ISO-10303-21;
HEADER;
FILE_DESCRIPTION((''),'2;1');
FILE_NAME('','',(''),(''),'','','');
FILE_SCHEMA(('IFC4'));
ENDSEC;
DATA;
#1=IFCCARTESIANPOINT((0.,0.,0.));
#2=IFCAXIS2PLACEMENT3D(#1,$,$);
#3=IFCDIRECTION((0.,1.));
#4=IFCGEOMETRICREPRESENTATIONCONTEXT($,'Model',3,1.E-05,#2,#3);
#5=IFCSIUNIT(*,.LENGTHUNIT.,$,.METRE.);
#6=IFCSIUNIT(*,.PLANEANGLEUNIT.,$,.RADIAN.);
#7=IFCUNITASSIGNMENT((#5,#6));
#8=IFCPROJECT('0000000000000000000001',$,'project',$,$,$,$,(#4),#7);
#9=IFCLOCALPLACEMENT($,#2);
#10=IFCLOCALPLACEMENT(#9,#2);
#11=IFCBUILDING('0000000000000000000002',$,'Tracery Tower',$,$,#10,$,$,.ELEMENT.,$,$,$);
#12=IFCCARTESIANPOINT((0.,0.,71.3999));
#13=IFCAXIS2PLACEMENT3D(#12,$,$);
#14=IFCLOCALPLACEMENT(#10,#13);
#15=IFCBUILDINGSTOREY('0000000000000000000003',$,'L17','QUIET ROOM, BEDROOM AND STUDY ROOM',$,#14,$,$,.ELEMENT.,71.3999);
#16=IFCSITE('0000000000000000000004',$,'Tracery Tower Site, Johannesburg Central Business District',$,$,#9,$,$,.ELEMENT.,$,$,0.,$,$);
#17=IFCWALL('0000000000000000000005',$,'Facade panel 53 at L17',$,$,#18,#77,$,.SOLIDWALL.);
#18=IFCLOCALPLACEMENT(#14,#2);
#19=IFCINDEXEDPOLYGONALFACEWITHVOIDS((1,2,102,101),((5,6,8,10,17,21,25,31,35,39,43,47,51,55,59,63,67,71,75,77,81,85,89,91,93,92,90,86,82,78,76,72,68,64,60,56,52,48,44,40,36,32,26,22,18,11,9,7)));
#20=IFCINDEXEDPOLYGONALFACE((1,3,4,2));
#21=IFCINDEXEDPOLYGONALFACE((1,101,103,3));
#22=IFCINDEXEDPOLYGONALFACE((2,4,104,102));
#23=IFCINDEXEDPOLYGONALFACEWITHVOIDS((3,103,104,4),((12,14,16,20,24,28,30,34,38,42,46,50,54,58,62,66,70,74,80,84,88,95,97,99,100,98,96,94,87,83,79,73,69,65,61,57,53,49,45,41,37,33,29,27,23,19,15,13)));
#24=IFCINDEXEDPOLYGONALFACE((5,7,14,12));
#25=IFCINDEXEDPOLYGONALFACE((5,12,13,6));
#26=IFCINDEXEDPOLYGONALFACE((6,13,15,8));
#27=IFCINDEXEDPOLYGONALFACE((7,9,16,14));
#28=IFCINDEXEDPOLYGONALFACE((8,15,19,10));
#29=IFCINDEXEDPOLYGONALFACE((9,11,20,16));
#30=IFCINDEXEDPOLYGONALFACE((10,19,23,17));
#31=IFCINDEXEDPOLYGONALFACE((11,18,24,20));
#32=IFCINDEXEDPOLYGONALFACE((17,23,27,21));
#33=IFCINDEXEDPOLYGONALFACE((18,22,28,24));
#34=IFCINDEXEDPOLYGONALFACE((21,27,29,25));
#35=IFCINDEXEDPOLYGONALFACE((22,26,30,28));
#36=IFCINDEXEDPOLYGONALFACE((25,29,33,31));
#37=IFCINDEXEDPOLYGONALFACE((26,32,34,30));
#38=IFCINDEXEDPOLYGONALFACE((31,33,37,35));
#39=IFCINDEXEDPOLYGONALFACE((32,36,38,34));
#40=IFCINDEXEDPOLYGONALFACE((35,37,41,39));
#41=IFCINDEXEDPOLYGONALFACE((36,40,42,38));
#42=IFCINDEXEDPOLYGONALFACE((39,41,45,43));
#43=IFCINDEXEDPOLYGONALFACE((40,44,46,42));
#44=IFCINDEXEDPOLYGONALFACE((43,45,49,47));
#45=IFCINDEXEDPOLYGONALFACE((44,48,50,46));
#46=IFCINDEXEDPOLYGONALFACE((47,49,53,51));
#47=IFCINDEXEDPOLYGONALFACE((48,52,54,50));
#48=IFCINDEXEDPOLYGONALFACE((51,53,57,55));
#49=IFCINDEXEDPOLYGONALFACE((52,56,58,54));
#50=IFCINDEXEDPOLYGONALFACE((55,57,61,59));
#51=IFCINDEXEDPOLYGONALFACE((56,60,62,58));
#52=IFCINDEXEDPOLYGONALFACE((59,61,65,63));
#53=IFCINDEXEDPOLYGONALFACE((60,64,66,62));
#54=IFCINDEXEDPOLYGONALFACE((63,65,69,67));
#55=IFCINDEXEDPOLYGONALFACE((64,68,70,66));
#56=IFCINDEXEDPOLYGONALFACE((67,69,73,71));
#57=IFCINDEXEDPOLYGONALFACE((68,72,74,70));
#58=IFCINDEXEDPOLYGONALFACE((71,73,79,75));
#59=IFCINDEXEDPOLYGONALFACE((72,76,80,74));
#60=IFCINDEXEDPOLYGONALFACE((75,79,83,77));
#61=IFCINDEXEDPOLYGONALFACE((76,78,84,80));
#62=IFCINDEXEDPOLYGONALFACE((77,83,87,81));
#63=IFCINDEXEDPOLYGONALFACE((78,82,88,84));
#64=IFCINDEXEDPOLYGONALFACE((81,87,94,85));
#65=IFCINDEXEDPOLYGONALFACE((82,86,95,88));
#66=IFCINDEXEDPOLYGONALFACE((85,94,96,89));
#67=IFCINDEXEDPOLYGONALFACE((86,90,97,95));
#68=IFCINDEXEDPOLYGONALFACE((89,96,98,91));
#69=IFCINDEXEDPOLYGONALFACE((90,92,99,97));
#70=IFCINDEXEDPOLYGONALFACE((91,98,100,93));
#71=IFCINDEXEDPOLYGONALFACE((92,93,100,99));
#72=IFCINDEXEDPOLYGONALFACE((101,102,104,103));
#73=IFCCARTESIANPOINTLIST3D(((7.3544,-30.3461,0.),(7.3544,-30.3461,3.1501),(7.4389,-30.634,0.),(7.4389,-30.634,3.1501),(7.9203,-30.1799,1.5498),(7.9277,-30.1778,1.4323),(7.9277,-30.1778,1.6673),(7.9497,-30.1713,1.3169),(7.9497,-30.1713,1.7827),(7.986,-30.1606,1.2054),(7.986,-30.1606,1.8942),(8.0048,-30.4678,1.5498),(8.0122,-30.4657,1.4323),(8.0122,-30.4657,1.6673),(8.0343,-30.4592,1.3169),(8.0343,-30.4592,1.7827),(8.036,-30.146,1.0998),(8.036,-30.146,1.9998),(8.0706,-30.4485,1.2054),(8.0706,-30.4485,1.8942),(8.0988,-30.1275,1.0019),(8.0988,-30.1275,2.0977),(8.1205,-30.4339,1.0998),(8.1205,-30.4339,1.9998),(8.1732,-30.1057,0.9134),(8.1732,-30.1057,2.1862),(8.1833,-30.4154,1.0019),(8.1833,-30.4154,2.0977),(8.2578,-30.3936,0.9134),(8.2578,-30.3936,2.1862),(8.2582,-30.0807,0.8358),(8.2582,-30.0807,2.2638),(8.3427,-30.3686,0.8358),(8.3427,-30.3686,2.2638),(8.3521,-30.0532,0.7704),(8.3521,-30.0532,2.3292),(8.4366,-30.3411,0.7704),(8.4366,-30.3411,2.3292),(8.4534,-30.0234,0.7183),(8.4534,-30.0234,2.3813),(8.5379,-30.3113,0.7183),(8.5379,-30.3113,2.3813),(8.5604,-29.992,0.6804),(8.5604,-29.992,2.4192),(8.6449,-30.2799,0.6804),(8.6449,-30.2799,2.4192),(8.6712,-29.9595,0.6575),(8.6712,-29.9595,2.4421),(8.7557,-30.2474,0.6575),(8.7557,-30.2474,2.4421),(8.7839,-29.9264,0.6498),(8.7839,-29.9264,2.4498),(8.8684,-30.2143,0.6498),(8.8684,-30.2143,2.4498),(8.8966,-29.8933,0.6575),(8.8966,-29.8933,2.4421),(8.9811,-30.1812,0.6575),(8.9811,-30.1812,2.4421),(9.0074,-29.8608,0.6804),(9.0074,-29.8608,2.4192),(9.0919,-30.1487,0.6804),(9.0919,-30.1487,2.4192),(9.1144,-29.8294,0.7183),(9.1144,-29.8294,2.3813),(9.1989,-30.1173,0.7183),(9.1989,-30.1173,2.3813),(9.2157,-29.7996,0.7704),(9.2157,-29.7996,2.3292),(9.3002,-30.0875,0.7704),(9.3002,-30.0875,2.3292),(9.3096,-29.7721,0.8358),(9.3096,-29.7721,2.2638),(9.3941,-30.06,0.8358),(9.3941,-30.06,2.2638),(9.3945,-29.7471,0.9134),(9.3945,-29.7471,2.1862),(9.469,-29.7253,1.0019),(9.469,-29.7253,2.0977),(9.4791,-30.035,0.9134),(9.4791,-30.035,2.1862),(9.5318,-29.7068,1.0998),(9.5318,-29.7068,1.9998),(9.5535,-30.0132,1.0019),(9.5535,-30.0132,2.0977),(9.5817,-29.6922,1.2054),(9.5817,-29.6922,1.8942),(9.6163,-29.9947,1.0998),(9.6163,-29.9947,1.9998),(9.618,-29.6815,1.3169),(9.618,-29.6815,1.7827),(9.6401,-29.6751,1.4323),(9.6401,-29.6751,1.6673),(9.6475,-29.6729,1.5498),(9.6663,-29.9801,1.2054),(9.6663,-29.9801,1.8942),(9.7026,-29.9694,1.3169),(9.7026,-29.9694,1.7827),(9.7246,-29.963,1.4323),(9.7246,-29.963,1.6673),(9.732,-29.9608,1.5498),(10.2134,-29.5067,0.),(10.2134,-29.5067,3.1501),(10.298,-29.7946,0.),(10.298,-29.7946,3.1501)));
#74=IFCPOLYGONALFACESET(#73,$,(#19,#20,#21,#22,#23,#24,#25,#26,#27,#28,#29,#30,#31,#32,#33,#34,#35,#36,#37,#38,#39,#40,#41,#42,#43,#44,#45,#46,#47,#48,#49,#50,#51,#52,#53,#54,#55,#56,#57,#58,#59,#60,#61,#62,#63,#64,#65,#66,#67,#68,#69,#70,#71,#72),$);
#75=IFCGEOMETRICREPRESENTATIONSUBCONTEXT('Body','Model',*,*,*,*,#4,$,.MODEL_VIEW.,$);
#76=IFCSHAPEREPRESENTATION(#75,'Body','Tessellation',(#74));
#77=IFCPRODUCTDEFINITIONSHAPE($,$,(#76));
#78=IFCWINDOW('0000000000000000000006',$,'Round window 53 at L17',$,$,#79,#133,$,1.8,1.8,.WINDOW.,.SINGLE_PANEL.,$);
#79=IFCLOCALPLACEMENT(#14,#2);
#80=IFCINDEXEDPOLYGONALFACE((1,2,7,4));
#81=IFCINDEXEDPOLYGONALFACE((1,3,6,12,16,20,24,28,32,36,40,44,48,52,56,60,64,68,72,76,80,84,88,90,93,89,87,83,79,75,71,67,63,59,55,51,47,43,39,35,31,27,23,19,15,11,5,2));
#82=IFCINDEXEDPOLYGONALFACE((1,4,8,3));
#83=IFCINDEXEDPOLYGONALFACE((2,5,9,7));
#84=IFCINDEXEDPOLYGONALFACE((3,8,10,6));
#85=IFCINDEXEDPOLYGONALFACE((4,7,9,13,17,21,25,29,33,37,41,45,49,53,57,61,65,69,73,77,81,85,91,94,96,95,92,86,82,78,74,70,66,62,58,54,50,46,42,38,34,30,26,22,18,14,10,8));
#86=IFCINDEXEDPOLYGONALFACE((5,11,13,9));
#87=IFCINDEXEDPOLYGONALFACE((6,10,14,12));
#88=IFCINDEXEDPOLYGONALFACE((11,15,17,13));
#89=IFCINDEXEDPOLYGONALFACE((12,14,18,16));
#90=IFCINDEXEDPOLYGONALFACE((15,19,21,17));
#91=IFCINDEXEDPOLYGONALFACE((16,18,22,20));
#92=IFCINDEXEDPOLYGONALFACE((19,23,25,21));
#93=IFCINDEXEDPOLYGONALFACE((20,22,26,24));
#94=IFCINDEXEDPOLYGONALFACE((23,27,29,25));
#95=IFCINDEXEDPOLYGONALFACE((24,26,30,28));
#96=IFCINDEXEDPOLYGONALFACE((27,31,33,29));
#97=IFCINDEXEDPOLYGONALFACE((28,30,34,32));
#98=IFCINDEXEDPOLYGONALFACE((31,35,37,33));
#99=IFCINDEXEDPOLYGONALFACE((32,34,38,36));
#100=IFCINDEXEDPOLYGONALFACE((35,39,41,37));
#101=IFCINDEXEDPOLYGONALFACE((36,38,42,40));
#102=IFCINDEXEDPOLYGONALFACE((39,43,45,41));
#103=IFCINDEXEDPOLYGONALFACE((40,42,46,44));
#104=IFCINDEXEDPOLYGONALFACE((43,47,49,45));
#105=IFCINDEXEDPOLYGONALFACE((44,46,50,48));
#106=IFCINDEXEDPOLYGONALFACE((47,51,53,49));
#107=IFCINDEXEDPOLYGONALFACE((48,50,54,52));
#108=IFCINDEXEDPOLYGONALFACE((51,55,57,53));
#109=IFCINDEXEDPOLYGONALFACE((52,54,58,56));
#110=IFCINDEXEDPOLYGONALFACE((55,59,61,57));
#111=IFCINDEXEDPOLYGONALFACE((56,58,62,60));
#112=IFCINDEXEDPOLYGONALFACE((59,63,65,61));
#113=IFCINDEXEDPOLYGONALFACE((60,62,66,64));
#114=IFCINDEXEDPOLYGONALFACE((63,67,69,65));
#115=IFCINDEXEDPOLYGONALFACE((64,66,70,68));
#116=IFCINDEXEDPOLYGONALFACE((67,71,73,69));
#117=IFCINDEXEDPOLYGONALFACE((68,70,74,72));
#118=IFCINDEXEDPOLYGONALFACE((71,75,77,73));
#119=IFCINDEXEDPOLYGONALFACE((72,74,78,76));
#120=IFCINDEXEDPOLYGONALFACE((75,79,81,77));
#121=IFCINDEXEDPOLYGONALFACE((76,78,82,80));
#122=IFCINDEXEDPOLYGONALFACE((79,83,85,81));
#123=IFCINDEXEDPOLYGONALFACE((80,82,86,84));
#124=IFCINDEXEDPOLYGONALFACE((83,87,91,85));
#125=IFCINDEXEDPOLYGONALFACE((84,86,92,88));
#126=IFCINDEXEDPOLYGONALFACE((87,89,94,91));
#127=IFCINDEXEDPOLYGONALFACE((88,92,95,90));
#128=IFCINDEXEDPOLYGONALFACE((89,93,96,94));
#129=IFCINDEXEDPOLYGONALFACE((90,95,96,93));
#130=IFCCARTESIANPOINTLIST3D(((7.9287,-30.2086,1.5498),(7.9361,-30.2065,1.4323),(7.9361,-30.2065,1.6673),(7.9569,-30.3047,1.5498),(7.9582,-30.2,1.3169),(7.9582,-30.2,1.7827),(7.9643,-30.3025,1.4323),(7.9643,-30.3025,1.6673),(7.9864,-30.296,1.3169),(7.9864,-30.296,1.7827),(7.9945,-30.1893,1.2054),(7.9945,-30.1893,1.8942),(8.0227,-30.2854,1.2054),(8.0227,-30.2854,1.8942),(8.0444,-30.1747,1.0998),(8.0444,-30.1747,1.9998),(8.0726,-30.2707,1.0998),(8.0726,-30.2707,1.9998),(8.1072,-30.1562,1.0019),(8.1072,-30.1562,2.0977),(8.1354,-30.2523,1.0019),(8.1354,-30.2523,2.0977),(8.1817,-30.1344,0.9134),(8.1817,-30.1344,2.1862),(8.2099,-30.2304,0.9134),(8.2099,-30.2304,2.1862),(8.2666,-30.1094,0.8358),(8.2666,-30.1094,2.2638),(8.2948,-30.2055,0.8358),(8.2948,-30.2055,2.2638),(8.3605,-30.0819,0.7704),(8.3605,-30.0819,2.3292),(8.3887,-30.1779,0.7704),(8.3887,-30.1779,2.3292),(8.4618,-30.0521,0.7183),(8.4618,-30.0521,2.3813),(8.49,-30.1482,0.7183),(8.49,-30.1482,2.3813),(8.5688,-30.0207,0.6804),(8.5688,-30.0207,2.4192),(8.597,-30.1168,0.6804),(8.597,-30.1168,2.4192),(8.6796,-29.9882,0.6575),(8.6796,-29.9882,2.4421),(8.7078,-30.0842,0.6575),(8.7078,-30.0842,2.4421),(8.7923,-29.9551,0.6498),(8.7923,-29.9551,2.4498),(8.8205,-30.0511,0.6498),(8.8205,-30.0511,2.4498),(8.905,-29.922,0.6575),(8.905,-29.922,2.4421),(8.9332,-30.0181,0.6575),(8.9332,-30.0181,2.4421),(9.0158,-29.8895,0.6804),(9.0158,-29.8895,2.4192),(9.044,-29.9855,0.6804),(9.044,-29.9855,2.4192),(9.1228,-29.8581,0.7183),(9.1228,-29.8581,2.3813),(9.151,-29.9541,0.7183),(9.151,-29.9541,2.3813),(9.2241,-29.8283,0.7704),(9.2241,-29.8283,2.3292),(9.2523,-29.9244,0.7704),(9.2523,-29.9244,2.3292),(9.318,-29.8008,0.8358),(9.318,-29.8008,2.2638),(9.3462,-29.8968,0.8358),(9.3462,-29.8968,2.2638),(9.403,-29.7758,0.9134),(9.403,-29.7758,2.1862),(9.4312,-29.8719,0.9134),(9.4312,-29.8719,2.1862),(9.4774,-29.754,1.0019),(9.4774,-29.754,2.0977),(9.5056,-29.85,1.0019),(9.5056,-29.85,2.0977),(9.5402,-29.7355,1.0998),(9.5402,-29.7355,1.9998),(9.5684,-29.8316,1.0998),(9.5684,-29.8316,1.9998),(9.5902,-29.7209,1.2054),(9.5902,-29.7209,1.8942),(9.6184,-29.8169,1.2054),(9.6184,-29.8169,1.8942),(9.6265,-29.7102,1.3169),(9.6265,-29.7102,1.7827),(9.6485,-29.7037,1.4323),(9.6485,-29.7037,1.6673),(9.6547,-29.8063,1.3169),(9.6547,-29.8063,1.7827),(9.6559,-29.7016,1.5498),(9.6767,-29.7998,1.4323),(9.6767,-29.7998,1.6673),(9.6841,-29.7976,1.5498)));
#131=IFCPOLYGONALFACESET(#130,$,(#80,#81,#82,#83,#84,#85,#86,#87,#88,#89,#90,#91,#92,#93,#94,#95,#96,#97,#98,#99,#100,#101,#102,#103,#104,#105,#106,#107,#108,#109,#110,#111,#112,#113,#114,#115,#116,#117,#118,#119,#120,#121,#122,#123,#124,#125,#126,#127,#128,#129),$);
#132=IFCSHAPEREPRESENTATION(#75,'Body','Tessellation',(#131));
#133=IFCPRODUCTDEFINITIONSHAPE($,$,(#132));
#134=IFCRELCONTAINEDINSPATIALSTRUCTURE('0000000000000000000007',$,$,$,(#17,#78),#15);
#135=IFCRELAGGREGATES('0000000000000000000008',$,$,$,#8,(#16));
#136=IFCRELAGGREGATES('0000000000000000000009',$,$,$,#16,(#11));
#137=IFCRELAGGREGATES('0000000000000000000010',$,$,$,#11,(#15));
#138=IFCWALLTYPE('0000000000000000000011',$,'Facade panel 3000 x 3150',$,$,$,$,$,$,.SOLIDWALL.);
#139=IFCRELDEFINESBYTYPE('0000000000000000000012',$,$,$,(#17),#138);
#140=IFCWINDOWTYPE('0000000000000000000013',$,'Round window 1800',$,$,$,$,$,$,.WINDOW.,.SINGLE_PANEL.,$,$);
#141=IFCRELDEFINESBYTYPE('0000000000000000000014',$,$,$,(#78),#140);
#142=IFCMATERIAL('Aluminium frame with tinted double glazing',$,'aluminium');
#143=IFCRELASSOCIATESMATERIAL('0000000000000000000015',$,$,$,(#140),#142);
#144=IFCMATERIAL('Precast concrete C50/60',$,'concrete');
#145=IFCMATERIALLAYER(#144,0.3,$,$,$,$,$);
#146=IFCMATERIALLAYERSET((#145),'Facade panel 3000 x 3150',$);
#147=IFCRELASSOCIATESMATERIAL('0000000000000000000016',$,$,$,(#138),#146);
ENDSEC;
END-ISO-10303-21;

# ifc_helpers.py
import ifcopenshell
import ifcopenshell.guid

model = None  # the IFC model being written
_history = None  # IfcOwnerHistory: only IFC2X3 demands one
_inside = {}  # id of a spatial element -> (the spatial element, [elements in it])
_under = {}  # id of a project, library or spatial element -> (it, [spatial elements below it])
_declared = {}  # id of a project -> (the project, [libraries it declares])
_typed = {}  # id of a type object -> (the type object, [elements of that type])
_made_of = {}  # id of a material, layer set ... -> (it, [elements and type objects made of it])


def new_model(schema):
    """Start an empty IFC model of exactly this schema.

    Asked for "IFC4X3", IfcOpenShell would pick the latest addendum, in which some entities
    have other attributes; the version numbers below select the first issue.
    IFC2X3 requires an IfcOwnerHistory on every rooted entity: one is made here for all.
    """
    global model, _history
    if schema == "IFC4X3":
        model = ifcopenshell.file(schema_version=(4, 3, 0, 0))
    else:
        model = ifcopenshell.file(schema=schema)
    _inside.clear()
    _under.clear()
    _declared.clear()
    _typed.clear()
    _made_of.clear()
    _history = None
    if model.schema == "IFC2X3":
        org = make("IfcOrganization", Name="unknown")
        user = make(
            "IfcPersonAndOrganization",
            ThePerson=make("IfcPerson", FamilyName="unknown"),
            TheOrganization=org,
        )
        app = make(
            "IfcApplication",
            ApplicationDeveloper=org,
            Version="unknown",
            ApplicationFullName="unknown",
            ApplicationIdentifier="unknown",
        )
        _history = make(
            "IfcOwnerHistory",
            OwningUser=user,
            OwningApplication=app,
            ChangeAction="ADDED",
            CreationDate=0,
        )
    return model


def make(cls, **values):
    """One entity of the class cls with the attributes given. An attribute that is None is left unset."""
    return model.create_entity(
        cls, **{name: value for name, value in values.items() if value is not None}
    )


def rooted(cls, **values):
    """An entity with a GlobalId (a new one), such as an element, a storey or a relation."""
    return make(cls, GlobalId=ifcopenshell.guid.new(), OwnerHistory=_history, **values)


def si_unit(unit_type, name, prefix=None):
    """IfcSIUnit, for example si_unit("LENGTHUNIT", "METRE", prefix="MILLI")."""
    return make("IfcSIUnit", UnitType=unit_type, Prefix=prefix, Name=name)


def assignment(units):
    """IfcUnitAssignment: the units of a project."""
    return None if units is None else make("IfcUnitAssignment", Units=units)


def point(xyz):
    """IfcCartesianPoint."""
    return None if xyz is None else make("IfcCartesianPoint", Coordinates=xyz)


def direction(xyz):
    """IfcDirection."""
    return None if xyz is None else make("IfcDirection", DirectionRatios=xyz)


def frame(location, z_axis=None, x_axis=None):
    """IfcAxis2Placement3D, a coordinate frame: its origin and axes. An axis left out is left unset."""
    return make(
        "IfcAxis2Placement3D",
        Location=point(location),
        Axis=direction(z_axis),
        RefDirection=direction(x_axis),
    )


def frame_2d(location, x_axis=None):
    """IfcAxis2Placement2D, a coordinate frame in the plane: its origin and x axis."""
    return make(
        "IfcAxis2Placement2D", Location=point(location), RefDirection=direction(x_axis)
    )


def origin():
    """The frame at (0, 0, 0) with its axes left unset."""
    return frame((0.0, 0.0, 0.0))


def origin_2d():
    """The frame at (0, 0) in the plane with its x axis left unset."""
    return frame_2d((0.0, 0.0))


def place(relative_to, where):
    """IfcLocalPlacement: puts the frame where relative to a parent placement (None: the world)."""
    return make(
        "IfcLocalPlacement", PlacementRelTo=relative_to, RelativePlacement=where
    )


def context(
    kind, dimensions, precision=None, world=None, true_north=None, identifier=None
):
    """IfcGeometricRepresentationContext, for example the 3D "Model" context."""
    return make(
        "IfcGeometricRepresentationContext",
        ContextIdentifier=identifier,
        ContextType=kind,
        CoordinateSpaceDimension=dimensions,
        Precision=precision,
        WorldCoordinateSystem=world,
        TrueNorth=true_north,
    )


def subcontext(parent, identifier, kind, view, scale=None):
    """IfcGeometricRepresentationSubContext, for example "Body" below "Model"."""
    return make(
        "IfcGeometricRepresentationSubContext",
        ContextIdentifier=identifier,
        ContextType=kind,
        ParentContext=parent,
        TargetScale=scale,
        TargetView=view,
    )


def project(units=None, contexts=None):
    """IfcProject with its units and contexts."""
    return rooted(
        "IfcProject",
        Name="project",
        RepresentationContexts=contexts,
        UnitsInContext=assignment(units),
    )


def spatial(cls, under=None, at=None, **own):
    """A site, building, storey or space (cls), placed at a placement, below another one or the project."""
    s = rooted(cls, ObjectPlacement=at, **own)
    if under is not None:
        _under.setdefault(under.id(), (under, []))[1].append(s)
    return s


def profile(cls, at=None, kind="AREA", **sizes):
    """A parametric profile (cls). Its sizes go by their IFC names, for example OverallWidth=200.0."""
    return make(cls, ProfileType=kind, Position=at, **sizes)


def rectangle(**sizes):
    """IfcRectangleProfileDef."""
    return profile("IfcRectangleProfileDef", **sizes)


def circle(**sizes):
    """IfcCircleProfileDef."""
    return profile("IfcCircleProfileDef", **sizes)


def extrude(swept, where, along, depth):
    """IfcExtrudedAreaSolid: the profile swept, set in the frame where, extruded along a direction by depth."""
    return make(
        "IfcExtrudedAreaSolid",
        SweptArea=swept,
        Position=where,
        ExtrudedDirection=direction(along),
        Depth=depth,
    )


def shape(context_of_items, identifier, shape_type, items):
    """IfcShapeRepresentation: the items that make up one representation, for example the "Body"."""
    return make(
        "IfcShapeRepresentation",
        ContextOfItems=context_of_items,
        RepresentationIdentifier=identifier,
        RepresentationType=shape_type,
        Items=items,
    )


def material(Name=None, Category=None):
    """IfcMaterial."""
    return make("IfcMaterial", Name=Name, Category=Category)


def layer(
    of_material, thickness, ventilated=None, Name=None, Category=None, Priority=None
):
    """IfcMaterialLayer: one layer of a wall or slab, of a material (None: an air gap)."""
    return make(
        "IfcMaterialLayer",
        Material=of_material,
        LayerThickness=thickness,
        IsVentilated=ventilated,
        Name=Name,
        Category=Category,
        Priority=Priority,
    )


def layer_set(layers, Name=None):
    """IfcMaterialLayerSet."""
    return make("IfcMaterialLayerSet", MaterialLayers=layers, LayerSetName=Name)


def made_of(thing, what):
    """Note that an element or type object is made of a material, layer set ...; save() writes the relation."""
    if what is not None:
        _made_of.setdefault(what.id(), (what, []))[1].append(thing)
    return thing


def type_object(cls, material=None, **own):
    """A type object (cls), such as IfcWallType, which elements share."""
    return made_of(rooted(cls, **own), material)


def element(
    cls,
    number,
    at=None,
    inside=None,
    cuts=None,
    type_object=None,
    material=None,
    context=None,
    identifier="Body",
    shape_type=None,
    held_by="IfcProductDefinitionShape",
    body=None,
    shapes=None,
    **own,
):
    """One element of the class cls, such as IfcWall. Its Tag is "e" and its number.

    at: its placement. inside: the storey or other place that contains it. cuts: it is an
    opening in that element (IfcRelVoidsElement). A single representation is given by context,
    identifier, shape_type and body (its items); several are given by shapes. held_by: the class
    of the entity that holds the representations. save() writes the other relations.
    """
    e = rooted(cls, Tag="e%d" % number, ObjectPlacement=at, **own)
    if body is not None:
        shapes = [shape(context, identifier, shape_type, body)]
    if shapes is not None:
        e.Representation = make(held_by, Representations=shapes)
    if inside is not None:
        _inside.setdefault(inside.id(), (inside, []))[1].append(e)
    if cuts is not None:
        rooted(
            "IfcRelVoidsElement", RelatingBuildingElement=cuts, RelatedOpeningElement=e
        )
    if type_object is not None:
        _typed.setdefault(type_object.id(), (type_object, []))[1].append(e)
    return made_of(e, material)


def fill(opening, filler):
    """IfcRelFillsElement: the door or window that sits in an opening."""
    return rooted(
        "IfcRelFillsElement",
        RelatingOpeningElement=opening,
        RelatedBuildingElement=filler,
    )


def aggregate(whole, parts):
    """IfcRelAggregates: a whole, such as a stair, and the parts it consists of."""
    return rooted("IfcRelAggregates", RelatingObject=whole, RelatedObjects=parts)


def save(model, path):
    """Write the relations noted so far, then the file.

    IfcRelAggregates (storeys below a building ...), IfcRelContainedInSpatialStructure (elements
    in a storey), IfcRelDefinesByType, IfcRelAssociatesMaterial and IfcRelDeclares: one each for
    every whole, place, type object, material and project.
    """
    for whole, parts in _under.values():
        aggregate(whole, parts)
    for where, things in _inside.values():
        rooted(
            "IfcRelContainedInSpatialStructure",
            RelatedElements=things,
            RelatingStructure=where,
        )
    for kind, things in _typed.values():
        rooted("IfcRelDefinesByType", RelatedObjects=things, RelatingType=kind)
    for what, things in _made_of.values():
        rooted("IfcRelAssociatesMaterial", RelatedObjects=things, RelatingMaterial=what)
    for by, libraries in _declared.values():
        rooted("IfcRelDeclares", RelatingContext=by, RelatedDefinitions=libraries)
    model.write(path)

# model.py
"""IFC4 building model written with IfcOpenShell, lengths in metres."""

from ifc_helpers import new_model, si_unit, direction, frame, frame_2d, origin, origin_2d, place, context, subcontext, project, spatial, rectangle, circle, extrude, material, layer, layer_set, type_object, element, fill, save


model = new_model("IFC4")

# Units and contexts
model_context = context("Model", 3, precision=1e-05, world=origin(), true_north=direction((0.0, 1.0)))
body_context = subcontext(model_context, "Body", "Model", "MODEL_VIEW")
ifc_project = project(units=[si_unit("LENGTHUNIT", "METRE"), si_unit("PLANEANGLEUNIT", "RADIAN")], contexts=[model_context])

# Site, building, storey
site_placement = place(None, origin())
site = spatial("IfcSite", under=ifc_project, at=site_placement, Name="Tracery Tower Site, Johannesburg Central Business District", CompositionType="ELEMENT", RefElevation=0.0)
building_placement = place(site_placement, origin())
building = spatial("IfcBuilding", under=site, at=building_placement, Name="Tracery Tower", CompositionType="ELEMENT")
storey_placement = place(building_placement, frame((0.0, 0.0, 71.3999)))
storey = spatial("IfcBuildingStorey", under=building, at=storey_placement, Name="L17", Description="QUIET ROOM, BEDROOM AND STUDY ROOM", CompositionType="ELEMENT", Elevation=71.3999)

# Wall, opening, window
ifc_material_1 = material(Name="Aluminium frame with tinted double glazing", Category="aluminium")
window_type = type_object("IfcWindowType", Name="Round window 1800", PartitioningType="SINGLE_PANEL", PredefinedType="WINDOW", material=ifc_material_1)
ifc_material_2 = material(Name="Precast concrete C50/60", Category="concrete")
ifc_layer_1 = layer(ifc_material_2, 0.3)
ifc_layer_set_1 = layer_set([ifc_layer_1], Name="Facade panel 3000 x 3150")
wall_type_1 = type_object("IfcWallType", Name="Facade panel 3000 x 3150", PredefinedType="SOLIDWALL", material=ifc_layer_set_1)
wall_1_placement = place(storey_placement, frame((7.3967, -30.49, 0.0), z_axis=(0.0, 0.0, 1.0), x_axis=(0.959508, 0.281683, 0.0)))
wall_1 = element("IfcWall", 1, at=wall_1_placement, inside=storey, type_object=wall_type_1, Name="Facade panel 53 at L17", PredefinedType="SOLIDWALL", context=body_context, shape_type="SweptSolid", body=[
    extrude(rectangle(XDim=2.9797, YDim=0.3, at=frame_2d((1.4897, 0.0))), origin(), (0.0, 0.0, 1.0), 3.1501),
])
opening_1_placement = place(wall_1_placement, frame((1.4897, 0.0, 1.5498)))
opening_1 = element("IfcOpeningElement", 2, at=opening_1_placement, cuts=wall_1, PredefinedType="OPENING", context=body_context, shape_type="SweptSolid", body=[
    extrude(circle(Radius=0.9, at=origin_2d()), frame((0.0, 0.1599, 0.0), z_axis=(0.0, -1.0, 0.0), x_axis=(1.0, 0.0, 0.0)), (0.0, 0.0, 1.0), 0.3201),
])
window_1_placement = place(opening_1_placement, origin())
window_1 = element("IfcWindow", 3, at=window_1_placement, inside=storey, type_object=window_type, Name="Round window 53 at L17", OverallHeight=1.8, OverallWidth=1.8, PartitioningType="SINGLE_PANEL", PredefinedType="WINDOW", context=body_context, shape_type="SweptSolid", body=[
    extrude(circle(Radius=0.9, at=origin_2d()), frame((0.0, 0.1201, 0.0), z_axis=(0.0, -1.0, 0.0), x_axis=(1.0, 0.0, 0.0)), (0.0, 0.0, 1.0), 0.1001),
])
fill(opening_1, window_1)

save(model, "model.ifc")
